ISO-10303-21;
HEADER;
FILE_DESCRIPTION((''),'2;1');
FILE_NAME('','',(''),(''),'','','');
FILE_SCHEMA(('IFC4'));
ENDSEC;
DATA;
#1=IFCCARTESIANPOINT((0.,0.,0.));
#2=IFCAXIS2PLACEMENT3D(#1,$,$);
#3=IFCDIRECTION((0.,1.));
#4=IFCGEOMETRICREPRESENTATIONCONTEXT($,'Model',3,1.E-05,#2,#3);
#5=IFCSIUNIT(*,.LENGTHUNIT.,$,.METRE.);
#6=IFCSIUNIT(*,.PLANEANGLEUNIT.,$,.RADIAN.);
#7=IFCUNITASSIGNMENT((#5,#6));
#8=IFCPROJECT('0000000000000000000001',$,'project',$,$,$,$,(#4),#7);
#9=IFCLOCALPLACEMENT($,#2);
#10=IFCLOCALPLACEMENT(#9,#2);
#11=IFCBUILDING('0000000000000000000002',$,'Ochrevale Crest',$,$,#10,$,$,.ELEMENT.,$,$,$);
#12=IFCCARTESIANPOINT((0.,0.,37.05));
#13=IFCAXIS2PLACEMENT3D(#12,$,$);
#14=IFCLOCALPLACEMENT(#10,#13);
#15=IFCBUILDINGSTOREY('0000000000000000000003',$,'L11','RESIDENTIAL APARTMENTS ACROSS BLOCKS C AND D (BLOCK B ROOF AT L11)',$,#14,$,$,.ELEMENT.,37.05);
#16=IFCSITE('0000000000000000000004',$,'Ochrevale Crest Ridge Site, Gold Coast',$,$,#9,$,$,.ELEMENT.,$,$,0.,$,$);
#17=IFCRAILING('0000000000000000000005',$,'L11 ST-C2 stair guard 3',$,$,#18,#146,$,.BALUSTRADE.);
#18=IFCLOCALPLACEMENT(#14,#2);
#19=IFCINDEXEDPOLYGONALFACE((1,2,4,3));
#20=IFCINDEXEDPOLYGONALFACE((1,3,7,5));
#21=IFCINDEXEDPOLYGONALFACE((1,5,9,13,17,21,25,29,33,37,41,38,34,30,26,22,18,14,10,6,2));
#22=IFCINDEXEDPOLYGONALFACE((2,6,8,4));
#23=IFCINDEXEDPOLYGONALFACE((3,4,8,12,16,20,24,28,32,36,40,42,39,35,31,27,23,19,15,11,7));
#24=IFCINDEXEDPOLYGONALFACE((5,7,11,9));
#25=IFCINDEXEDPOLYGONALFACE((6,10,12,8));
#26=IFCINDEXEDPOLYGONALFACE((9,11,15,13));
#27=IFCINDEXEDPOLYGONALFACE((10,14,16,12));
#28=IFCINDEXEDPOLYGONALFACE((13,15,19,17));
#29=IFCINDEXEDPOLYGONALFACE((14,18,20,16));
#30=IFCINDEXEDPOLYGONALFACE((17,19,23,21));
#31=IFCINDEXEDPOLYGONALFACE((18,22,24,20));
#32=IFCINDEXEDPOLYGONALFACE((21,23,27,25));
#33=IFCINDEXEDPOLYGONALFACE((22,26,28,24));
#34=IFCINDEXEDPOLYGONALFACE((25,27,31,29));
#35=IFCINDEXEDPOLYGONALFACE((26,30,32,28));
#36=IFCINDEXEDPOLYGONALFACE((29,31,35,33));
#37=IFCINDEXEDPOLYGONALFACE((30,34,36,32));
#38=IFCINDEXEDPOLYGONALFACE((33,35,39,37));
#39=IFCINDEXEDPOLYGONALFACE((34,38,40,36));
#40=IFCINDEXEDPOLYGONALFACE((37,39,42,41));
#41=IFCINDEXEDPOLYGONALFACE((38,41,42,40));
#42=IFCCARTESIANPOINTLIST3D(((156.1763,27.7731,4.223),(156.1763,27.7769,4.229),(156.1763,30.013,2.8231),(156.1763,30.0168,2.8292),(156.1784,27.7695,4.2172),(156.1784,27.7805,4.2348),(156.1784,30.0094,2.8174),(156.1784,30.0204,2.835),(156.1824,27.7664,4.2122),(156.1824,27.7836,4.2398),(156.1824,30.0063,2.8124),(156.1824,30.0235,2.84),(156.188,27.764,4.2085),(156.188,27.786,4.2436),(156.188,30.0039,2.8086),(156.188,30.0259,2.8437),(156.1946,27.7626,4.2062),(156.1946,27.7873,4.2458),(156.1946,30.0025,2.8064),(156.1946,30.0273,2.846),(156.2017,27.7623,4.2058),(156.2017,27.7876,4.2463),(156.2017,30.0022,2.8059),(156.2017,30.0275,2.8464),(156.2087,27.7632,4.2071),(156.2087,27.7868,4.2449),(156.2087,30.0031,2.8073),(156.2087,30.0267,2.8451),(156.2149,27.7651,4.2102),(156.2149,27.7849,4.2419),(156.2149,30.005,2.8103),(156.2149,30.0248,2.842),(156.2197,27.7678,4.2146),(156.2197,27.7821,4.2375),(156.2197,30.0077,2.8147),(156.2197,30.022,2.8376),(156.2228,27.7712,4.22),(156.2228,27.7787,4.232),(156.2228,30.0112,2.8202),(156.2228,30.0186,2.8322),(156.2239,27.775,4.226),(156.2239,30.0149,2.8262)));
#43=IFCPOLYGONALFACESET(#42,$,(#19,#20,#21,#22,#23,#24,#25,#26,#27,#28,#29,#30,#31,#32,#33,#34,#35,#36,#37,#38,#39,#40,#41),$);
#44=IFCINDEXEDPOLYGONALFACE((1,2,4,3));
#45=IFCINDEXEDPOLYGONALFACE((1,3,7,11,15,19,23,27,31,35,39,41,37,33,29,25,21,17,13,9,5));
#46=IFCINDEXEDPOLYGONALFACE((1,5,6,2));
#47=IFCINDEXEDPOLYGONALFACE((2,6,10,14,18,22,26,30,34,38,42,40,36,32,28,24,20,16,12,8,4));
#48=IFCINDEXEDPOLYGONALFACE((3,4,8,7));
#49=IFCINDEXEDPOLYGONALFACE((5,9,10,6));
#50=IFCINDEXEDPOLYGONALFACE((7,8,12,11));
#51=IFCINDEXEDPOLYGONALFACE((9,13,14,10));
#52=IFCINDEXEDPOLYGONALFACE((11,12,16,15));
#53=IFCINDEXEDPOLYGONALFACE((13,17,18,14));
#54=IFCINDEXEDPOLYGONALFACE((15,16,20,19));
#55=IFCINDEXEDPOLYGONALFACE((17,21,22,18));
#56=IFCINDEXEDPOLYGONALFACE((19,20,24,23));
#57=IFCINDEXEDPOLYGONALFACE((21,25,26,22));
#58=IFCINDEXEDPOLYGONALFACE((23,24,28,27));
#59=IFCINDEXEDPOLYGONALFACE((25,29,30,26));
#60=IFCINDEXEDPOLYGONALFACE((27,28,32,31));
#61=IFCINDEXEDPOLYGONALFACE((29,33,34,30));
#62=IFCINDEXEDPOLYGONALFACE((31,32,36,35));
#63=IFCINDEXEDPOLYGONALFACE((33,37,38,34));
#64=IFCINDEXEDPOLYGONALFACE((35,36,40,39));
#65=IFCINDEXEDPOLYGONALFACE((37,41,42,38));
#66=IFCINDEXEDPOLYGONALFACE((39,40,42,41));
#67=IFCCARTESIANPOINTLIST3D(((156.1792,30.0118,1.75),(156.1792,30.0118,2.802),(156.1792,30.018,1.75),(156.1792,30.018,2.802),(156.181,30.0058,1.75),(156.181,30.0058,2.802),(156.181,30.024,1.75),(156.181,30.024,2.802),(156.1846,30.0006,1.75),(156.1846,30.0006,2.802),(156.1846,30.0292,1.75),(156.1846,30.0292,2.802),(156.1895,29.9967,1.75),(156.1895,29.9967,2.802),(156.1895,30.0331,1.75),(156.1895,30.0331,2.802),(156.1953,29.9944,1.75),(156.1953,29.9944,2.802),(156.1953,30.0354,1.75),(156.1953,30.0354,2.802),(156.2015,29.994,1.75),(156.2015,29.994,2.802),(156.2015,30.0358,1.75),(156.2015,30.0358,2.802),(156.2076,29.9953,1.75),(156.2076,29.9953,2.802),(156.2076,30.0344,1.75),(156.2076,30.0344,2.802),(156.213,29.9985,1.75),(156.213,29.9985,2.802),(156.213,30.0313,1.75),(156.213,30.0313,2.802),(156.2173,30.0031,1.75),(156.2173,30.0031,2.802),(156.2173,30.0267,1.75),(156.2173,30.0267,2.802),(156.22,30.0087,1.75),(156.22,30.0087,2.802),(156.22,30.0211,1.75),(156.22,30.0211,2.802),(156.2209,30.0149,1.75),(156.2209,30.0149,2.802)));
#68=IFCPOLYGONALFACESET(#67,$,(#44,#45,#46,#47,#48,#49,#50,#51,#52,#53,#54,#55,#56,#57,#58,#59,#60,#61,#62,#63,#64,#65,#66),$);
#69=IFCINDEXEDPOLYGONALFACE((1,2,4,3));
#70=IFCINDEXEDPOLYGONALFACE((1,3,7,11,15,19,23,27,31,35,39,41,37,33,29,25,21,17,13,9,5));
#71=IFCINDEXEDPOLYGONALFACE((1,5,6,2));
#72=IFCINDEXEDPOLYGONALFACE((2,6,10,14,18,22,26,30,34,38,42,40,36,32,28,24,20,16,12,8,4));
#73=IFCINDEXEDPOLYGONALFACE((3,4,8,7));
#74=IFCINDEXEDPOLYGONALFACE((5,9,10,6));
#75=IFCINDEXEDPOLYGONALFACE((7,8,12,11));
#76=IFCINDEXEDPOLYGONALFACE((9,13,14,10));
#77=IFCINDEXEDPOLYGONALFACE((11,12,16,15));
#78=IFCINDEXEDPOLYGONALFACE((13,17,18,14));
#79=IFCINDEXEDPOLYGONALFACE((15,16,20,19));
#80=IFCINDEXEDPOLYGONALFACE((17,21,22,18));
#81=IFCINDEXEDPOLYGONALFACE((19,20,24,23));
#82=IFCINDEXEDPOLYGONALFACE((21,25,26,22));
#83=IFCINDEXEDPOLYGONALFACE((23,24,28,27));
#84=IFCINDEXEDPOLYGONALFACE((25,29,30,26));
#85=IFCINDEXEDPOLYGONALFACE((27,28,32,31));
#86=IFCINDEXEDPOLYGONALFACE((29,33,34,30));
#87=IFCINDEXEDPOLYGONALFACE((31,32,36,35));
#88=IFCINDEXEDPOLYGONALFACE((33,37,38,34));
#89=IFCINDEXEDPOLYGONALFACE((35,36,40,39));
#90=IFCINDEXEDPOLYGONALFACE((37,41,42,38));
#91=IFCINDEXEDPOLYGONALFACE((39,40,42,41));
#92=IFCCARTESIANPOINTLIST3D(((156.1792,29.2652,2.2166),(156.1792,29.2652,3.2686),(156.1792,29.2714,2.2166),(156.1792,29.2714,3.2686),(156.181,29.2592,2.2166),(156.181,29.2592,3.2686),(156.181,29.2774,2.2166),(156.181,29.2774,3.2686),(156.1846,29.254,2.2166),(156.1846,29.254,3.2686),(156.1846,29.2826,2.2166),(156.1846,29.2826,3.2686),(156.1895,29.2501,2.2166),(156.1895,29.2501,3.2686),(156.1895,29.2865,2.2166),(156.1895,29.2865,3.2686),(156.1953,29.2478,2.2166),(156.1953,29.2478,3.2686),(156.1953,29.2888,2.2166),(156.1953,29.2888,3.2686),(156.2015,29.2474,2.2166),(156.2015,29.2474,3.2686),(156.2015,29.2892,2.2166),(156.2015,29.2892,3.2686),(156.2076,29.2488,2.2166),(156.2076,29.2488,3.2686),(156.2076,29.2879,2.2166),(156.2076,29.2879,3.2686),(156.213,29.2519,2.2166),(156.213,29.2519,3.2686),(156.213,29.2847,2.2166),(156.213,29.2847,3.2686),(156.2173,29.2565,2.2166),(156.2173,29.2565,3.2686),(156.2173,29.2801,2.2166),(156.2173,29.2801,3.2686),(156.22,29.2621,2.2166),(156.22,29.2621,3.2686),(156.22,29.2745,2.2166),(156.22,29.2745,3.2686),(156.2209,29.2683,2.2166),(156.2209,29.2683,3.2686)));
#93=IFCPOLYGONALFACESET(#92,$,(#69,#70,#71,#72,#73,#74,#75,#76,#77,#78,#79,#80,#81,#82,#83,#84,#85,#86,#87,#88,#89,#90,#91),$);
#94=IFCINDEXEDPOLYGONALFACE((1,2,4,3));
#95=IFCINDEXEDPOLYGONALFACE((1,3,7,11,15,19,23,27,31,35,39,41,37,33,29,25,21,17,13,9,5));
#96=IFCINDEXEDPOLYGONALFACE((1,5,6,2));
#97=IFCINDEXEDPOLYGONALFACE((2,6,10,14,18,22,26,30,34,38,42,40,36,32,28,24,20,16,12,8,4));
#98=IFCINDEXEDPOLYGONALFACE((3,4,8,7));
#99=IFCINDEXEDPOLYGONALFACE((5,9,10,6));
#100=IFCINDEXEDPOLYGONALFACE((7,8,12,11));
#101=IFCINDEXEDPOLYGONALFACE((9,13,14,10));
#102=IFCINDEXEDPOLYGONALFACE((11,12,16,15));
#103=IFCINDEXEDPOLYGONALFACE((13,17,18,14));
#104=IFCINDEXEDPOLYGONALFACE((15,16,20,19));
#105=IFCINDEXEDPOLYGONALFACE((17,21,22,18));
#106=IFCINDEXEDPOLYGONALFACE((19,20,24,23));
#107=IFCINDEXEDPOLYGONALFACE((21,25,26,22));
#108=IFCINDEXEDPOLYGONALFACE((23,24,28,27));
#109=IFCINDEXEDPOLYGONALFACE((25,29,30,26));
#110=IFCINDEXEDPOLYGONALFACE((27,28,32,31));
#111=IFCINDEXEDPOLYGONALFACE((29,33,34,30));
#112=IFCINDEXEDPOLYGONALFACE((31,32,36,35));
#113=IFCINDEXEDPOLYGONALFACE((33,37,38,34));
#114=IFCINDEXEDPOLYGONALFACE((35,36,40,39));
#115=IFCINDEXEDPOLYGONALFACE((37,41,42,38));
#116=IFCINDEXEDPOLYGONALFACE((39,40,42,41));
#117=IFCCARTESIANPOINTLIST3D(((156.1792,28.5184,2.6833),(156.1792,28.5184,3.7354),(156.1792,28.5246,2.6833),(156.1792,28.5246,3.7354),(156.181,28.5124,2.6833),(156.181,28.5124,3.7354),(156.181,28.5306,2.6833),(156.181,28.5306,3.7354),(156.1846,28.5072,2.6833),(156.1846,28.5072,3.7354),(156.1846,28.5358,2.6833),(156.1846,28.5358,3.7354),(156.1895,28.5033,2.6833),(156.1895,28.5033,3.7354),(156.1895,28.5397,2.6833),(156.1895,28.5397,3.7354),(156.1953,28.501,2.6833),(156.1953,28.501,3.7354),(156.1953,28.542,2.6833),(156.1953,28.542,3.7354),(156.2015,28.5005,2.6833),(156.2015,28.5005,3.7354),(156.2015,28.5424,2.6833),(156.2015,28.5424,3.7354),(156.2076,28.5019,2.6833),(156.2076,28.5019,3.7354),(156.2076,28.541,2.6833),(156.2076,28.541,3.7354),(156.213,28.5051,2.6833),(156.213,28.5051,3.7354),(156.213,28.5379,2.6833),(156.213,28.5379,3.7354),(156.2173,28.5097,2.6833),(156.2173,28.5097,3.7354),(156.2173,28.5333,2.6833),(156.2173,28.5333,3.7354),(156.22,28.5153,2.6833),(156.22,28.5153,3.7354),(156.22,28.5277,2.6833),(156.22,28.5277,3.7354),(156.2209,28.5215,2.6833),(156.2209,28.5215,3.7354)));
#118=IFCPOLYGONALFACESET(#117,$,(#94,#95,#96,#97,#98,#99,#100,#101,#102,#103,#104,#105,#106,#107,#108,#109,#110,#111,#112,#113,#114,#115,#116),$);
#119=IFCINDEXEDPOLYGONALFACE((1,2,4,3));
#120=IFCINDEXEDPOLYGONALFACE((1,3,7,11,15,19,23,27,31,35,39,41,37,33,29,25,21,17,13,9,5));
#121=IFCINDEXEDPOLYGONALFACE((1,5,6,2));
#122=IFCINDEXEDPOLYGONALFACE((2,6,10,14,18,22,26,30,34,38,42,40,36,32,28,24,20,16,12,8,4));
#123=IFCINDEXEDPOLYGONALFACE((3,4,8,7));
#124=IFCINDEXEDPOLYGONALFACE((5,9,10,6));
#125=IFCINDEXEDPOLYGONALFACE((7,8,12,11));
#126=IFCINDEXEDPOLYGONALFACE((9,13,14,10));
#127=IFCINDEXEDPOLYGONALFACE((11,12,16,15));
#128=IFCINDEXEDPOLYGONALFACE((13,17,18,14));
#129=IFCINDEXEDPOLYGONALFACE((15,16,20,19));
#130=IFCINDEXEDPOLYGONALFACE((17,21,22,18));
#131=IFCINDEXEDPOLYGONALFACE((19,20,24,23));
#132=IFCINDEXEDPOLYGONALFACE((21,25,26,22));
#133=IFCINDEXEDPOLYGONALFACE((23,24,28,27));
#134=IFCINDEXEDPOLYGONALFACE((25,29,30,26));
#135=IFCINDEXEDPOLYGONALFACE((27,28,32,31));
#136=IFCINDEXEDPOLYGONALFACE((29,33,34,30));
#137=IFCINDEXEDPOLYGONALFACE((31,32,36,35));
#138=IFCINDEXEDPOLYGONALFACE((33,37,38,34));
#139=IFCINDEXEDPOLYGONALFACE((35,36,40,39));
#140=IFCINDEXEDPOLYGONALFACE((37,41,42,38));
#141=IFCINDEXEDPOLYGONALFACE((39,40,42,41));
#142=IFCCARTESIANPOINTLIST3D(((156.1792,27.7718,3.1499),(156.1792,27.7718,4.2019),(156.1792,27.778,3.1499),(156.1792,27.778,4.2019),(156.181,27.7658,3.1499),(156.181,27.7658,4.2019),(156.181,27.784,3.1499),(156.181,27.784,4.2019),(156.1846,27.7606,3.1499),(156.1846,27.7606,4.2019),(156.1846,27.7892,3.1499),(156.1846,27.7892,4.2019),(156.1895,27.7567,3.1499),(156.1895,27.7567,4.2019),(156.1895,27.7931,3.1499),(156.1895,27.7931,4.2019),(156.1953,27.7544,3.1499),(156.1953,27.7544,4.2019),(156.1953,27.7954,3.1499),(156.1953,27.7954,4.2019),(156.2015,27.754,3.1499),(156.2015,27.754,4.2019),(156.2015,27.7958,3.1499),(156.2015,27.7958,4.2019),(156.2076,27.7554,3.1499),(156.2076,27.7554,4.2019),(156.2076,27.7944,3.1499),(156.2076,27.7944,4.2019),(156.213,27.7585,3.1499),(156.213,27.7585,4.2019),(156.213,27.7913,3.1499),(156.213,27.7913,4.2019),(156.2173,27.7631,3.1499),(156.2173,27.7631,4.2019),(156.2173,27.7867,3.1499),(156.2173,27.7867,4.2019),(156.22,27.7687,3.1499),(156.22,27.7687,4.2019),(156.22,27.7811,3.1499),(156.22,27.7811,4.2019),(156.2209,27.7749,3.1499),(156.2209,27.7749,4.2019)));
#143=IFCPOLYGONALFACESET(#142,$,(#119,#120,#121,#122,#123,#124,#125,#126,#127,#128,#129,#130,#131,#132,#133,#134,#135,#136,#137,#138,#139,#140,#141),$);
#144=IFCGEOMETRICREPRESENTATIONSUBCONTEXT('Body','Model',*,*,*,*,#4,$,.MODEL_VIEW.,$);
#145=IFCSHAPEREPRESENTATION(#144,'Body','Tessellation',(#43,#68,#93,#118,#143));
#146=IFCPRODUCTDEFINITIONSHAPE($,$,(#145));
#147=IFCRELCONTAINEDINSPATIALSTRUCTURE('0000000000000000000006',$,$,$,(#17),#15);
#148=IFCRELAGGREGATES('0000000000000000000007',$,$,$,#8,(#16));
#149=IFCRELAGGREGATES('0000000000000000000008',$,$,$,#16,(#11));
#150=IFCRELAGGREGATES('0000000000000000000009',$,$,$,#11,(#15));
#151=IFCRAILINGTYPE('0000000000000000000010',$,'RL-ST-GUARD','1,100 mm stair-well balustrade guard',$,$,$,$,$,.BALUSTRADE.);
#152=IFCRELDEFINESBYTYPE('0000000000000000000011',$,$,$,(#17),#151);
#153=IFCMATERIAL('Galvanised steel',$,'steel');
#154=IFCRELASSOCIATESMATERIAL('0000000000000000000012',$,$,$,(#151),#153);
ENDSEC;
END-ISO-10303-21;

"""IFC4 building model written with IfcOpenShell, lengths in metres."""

from ifc_helpers import new_model, si_unit, direction, frame, origin, origin_2d, place, context, subcontext, project, spatial, circle, extrude, material, type_object, element, save


model = new_model("IFC4")

# Units and contexts
model_context = context("Model", 3, precision=1e-05, world=origin(), true_north=direction((0.0, 1.0)))
body_context = subcontext(model_context, "Body", "Model", "MODEL_VIEW")
ifc_project = project(units=[si_unit("LENGTHUNIT", "METRE"), si_unit("PLANEANGLEUNIT", "RADIAN")], contexts=[model_context])

# Site, building, storey
site_placement = place(None, origin())
site = spatial("IfcSite", under=ifc_project, at=site_placement, Name="Ochrevale Crest Ridge Site, Gold Coast", CompositionType="ELEMENT", RefElevation=0.0)
building_placement = place(site_placement, origin())
building = spatial("IfcBuilding", under=site, at=building_placement, Name="Ochrevale Crest", CompositionType="ELEMENT")
storey_placement = place(building_placement, frame((0.0, 0.0, 37.05)))
storey = spatial("IfcBuildingStorey", under=building, at=storey_placement, Name="L11", Description="RESIDENTIAL APARTMENTS ACROSS BLOCKS C AND D (BLOCK B ROOF AT L11)", CompositionType="ELEMENT", Elevation=37.05)

# Railing
ifc_material_1 = material(Name="Galvanised steel", Category="steel")
railing_type_1 = type_object("IfcRailingType", Name="RL-ST-GUARD", Description="1,100 mm stair-well balustrade guard", PredefinedType="BALUSTRADE", material=ifc_material_1)
railing_1_placement = place(storey_placement, frame((156.2, 30.0149, 1.75)))
element("IfcRailing", 1, at=railing_1_placement, inside=storey, type_object=railing_type_1, Name="L11 ST-C2 stair guard 3", PredefinedType="BALUSTRADE", context=body_context, shape_type="SweptSolid", body=[
    extrude(circle(Radius=0.0239, at=origin_2d()), frame((0.0, 0.0, 1.0762), z_axis=(0.0, -0.848014, 0.529974), x_axis=(1.0, 0.0, 0.0)), (0.0, 0.0, 1.0), 2.6414),
    extrude(circle(Radius=0.021, at=origin_2d()), origin(), (0.0, 0.0, 1.0), 1.052),
    extrude(circle(Radius=0.021, at=origin_2d()), frame((0.0, -0.7466, 0.4666)), (0.0, 0.0, 1.0), 1.052),
    extrude(circle(Radius=0.021, at=origin_2d()), frame((0.0, -1.4934, 0.9333)), (0.0, 0.0, 1.0), 1.052),
    extrude(circle(Radius=0.021, at=origin_2d()), frame((0.0, -2.24, 1.3999)), (0.0, 0.0, 1.0), 1.052),
])

save(model, "model.ifc")
